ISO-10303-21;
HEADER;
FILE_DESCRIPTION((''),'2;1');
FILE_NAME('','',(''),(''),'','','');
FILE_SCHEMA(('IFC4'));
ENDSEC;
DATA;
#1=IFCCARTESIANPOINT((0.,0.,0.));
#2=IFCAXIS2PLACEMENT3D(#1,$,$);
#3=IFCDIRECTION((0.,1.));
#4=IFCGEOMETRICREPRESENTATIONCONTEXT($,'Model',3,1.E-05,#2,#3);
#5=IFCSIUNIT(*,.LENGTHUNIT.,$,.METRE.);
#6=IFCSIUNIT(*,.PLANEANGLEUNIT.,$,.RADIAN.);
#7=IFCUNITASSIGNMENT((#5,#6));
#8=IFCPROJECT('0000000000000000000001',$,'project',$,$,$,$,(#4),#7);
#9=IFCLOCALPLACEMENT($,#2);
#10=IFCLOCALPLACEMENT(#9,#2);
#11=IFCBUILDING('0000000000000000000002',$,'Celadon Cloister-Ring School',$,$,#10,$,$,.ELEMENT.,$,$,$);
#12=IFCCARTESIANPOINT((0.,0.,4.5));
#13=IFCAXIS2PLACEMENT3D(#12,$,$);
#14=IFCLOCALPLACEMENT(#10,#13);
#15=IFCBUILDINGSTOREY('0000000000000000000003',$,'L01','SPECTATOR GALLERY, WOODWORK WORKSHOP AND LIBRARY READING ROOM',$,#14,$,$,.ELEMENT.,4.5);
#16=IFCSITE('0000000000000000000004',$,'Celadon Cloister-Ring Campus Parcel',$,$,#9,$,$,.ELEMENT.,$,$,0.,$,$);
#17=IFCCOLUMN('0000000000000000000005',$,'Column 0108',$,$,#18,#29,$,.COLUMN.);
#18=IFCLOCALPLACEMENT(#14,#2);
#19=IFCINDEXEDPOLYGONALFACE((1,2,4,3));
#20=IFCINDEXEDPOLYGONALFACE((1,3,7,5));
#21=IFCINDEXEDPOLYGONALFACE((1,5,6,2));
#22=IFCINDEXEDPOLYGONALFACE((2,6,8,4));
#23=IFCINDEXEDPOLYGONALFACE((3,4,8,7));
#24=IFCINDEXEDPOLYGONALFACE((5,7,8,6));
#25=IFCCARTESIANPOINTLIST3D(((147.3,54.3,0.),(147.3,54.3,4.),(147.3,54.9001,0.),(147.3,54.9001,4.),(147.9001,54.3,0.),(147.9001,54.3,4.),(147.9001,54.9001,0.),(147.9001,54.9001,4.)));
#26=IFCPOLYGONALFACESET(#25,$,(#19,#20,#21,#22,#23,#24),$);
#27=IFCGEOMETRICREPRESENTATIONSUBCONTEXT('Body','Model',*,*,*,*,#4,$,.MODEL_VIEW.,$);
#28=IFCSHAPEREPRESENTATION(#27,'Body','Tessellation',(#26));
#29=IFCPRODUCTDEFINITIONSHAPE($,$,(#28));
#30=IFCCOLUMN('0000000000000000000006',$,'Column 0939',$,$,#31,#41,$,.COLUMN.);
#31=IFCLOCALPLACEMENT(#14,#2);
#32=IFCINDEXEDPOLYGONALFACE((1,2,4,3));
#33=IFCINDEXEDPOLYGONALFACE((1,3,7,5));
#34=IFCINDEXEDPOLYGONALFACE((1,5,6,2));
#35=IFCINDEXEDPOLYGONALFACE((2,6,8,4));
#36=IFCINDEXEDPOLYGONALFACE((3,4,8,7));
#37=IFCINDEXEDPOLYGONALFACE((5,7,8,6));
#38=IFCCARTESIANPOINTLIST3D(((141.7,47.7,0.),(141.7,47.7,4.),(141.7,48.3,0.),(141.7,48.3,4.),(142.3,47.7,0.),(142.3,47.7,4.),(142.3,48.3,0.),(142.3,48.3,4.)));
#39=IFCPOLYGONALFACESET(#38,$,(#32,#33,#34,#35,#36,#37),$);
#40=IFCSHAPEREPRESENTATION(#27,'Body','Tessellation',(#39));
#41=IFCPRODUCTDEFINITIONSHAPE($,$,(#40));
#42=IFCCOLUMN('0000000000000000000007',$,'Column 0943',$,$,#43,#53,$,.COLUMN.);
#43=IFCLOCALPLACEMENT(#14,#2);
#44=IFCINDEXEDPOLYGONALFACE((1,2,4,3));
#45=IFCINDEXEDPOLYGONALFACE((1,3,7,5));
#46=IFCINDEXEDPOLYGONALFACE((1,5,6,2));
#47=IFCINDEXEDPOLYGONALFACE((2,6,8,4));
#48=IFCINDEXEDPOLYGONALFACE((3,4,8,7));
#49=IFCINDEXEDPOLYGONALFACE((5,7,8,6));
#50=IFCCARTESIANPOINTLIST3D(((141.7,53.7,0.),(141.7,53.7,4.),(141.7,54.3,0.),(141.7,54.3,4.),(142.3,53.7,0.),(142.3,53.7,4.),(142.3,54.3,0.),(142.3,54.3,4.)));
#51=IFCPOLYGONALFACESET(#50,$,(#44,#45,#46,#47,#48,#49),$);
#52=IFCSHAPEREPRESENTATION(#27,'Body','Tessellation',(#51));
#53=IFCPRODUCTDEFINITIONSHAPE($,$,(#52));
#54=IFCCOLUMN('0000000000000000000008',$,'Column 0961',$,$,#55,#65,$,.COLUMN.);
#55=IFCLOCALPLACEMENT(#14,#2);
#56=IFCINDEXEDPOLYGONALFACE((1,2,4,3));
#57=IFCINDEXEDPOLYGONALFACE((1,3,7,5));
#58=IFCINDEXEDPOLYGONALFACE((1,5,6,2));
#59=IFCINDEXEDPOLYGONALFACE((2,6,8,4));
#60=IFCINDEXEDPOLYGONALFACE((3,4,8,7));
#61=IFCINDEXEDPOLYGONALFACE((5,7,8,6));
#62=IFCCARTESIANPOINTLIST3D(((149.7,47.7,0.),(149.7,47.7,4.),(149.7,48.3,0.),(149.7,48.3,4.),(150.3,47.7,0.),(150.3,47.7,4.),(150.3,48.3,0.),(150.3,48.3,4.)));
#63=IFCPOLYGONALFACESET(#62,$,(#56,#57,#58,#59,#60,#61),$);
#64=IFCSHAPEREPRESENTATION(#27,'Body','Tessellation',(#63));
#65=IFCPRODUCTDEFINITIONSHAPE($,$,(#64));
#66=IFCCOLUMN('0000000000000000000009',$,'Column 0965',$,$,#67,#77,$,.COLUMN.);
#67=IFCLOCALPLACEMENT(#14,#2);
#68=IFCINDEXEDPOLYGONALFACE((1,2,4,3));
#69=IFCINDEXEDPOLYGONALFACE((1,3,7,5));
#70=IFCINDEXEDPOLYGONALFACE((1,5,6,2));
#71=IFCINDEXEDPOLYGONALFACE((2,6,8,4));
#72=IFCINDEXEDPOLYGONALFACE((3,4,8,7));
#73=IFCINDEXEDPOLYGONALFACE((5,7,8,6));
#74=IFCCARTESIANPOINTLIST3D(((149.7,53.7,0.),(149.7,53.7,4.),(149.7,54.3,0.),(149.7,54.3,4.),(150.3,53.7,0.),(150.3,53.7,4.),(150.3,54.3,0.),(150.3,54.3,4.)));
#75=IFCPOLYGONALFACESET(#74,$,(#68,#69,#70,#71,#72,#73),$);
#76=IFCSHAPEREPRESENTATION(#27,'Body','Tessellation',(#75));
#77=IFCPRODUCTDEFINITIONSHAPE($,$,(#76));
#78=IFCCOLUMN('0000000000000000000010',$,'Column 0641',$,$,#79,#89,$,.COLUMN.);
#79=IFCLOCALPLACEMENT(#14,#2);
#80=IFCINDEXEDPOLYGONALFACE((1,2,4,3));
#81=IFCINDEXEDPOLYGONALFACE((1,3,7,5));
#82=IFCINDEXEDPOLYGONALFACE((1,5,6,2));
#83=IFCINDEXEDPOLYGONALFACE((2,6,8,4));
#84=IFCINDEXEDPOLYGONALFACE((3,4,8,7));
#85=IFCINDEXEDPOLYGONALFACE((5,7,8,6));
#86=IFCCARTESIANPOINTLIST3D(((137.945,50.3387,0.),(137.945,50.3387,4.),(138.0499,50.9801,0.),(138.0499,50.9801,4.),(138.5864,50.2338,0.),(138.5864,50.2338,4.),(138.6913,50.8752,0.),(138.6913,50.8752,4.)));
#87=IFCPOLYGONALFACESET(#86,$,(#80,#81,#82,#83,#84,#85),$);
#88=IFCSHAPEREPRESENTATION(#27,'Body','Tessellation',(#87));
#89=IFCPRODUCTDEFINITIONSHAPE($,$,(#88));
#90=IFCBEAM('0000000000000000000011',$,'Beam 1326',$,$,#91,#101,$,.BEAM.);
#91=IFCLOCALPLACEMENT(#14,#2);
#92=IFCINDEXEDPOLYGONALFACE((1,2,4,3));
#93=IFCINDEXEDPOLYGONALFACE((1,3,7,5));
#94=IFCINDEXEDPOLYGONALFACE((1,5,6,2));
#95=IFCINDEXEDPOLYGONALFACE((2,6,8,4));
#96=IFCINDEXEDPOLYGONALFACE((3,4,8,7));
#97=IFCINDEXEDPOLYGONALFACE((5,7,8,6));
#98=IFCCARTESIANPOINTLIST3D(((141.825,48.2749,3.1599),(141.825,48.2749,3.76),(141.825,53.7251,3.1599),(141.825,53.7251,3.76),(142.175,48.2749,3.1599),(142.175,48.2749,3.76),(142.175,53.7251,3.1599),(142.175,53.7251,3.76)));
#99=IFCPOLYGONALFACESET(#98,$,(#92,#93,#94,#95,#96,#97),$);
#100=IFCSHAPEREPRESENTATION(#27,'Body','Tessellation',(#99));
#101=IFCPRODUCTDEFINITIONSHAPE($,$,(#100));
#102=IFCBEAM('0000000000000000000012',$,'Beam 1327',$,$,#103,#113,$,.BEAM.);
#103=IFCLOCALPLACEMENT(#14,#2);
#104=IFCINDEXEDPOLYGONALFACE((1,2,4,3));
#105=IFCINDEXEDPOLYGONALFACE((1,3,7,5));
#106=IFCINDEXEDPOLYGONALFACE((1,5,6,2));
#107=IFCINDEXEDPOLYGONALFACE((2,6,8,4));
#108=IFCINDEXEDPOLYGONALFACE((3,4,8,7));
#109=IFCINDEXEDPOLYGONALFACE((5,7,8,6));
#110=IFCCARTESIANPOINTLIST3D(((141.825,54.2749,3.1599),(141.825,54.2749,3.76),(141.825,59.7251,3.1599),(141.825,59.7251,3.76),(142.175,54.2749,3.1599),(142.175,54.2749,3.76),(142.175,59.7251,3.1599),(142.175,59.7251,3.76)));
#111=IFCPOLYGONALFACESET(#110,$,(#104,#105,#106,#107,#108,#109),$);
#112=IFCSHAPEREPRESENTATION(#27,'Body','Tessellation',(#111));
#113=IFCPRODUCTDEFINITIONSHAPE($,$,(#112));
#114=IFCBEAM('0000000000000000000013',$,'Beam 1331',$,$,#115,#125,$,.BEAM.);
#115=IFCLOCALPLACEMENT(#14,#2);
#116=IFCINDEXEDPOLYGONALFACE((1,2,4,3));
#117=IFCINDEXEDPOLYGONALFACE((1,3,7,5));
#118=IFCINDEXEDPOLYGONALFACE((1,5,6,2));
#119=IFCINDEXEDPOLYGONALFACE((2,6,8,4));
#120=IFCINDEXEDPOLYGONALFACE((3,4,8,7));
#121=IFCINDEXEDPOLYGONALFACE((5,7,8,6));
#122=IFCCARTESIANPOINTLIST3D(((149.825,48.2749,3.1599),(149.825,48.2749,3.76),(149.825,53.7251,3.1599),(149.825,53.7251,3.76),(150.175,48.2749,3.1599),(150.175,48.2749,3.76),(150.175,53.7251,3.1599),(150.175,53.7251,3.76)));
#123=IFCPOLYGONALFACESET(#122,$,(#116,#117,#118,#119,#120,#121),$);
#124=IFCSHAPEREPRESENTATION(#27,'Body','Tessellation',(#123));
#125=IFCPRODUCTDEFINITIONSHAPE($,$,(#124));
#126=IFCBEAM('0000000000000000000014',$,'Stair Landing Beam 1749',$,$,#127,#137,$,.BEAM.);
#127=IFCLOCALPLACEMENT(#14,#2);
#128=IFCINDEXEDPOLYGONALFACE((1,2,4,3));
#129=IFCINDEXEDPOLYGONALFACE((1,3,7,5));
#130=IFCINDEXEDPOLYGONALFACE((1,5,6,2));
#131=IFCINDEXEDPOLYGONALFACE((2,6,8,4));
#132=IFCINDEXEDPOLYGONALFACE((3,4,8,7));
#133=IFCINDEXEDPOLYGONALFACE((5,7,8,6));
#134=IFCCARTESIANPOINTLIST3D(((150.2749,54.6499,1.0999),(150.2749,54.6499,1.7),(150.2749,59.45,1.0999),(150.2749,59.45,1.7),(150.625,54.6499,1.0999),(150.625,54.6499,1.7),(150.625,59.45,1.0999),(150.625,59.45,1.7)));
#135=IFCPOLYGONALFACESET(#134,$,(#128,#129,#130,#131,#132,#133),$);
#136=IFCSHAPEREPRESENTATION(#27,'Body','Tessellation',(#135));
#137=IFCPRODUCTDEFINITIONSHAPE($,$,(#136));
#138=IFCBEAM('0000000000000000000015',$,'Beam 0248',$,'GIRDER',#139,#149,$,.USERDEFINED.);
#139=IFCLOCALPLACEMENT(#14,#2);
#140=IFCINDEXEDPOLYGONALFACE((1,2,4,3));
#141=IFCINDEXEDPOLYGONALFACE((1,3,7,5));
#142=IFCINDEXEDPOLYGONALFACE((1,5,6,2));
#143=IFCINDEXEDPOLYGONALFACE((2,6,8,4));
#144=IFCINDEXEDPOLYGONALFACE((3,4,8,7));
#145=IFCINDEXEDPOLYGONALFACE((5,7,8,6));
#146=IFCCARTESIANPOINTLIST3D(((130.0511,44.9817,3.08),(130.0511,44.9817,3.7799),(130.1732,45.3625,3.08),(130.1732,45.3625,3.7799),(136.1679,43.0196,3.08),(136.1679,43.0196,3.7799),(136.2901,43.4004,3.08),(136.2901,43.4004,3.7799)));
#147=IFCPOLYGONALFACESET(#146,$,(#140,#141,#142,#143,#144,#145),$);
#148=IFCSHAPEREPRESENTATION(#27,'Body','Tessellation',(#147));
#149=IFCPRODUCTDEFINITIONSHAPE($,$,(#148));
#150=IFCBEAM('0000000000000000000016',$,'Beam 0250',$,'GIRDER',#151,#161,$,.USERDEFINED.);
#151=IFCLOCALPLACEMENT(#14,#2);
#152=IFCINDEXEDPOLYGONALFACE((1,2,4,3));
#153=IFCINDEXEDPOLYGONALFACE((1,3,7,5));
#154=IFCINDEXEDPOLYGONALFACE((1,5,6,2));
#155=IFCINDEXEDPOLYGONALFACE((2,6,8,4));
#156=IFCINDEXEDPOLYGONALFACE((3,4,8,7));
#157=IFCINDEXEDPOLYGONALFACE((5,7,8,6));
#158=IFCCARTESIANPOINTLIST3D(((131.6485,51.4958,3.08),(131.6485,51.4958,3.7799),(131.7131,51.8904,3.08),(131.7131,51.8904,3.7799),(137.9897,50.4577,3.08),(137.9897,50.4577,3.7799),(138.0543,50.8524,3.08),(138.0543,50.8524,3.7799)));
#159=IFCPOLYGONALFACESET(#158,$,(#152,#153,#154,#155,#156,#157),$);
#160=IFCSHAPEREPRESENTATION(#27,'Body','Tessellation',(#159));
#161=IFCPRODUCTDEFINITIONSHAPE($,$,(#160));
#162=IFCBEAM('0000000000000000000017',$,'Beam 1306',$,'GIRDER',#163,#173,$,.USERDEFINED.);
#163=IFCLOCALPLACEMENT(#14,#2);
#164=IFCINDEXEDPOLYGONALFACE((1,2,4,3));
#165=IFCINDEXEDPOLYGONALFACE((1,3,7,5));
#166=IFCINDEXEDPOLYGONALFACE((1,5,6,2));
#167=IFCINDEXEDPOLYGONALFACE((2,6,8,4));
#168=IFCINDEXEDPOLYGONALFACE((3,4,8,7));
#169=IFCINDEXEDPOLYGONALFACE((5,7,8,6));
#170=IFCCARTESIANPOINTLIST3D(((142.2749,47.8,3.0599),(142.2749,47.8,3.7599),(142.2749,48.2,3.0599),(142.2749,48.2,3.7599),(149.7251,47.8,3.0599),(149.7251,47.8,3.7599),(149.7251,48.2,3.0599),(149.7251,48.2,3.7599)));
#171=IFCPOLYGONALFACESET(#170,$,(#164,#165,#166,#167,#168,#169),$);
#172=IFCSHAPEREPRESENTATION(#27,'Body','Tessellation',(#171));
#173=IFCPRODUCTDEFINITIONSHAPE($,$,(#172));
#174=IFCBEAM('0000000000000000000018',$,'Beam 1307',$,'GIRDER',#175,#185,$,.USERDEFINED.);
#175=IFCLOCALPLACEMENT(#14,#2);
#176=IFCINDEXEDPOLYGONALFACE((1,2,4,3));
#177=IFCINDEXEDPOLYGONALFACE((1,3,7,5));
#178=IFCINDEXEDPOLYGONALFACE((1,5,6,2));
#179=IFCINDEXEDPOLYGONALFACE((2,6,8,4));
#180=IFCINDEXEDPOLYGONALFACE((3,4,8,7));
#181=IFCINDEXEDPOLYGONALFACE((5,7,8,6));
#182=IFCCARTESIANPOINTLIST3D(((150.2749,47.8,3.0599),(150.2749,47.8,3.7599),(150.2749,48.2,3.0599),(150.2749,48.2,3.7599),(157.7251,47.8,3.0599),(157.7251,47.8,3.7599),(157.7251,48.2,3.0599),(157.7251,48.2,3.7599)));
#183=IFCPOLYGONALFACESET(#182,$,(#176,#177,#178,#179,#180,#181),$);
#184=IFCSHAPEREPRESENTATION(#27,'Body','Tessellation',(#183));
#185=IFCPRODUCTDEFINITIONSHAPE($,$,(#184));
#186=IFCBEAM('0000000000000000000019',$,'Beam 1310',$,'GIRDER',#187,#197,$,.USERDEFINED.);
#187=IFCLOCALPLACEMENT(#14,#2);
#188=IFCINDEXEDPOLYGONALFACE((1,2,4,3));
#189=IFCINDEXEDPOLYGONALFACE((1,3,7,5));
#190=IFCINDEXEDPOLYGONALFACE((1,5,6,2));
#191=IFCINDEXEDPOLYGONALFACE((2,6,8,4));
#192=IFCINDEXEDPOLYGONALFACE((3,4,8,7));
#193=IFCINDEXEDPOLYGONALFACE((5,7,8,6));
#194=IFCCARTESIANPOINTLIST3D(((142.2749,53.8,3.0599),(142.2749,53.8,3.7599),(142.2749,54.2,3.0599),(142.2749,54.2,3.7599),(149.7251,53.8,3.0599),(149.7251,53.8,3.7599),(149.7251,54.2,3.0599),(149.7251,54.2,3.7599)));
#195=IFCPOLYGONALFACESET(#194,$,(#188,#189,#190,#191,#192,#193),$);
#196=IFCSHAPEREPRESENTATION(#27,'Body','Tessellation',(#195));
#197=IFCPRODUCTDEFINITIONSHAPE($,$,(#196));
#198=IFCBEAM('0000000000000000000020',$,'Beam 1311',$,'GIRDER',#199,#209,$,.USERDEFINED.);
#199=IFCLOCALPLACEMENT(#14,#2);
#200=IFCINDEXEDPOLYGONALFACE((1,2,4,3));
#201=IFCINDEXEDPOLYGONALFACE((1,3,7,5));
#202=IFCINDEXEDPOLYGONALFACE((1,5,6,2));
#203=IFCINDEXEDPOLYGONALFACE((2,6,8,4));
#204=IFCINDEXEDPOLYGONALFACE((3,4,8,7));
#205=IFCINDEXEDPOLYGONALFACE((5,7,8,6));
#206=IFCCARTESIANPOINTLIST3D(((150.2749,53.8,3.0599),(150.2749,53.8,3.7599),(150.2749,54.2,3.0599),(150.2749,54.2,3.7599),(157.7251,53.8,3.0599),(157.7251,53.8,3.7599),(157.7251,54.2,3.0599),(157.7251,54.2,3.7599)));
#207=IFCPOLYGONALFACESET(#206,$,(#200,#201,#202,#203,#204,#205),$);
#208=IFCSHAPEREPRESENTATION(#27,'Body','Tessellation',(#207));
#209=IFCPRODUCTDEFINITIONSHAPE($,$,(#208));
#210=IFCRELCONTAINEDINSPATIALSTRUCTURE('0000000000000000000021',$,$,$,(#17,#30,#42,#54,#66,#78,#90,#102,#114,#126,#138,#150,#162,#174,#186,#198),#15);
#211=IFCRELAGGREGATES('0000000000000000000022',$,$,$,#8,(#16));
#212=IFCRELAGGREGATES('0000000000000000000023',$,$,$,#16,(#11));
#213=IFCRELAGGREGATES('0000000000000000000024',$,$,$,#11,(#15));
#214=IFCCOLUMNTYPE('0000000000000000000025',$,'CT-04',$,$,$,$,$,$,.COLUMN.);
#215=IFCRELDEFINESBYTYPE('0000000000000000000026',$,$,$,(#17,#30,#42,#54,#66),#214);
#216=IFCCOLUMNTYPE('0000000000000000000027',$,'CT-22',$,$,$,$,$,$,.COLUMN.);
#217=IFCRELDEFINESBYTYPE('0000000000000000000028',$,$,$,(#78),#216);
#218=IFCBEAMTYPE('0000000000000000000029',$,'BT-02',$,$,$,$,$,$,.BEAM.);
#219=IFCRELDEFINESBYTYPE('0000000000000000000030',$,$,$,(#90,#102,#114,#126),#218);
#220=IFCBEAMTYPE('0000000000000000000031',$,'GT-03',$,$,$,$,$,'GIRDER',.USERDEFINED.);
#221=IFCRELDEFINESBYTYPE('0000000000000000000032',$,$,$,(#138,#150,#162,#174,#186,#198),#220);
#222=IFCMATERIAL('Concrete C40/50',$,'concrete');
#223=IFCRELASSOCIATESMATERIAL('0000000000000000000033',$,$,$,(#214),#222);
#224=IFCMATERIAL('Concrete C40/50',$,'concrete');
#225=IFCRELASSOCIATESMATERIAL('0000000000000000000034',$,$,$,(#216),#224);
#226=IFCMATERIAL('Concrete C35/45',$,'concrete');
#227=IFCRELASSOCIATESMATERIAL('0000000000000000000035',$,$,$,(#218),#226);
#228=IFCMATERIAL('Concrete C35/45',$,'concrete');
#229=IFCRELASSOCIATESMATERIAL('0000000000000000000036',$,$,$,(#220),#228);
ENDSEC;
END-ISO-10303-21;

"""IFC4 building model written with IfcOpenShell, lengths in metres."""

from ifc_helpers import new_model, si_unit, direction, frame, origin, origin_2d, place, context, subcontext, project, spatial, rectangle, extrude, material, material_profile, profile_set, type_object, element, save


model = new_model("IFC4")

# Units and contexts
model_context = context("Model", 3, precision=1e-05, world=origin(), true_north=direction((0.0, 1.0)))
body_context = subcontext(model_context, "Body", "Model", "MODEL_VIEW")
ifc_project = project(units=[si_unit("LENGTHUNIT", "METRE"), si_unit("PLANEANGLEUNIT", "RADIAN")], contexts=[model_context])

# Site, building, storey
site_placement = place(None, origin())
site = spatial("IfcSite", under=ifc_project, at=site_placement, Name="Celadon Cloister-Ring Campus Parcel", CompositionType="ELEMENT", RefElevation=0.0)
building_placement = place(site_placement, origin())
building = spatial("IfcBuilding", under=site, at=building_placement, Name="Celadon Cloister-Ring School", CompositionType="ELEMENT")
storey_placement = place(building_placement, frame((0.0, 0.0, 4.5)))
storey = spatial("IfcBuildingStorey", under=building, at=storey_placement, Name="L01", Description="SPECTATOR GALLERY, WOODWORK WORKSHOP AND LIBRARY READING ROOM", CompositionType="ELEMENT", Elevation=4.5)

# Columns
ifc_material_1 = material(Name="Concrete C40/50", Category="concrete")
ifc_material_profile_1 = material_profile(ifc_material_1, rectangle(XDim=0.6001, YDim=0.6001, at=origin_2d()), Name="RC600X600")
ifc_profile_set_1 = profile_set([ifc_material_profile_1], Name="Concrete C40/50")
column_type_1 = type_object("IfcColumnType", Name="CT-04", PredefinedType="COLUMN", material=ifc_profile_set_1)
for number, where, z_axis, x_axis, name in (
    (1, (147.6001, 54.6001, 0.0), (0.0, 0.0, 1.0), (1.0, 0.0, 0.0), "Column 0108"),
    (2, (142.0, 48.0, 0.0), (0.0, 0.0, 1.0), (1.0, 0.0, 0.0), "Column 0939"),
    (3, (142.0, 54.0, 0.0), (0.0, 0.0, 1.0), (1.0, 0.0, 0.0), "Column 0943"),
    (4, (150.0, 48.0, 0.0), (0.0, 0.0, 1.0), (1.0, 0.0, 0.0), "Column 0961"),
    (5, (150.0, 54.0, 0.0), (0.0, 0.0, 1.0), (1.0, 0.0, 0.0), "Column 0965"),
):
    element("IfcColumn", number, at=place(storey_placement, frame(where, z_axis=z_axis, x_axis=x_axis)), inside=storey, type_object=column_type_1, Name=name, PredefinedType="COLUMN", context=body_context, shape_type="SweptSolid", body=[
        extrude(rectangle(XDim=0.6001, YDim=0.6001, at=origin_2d()), origin(), (0.0, 0.0, 1.0), 4.0),
    ])
ifc_material_2 = material(Name="Concrete C40/50", Category="concrete")
ifc_material_profile_2 = material_profile(ifc_material_2, rectangle(XDim=0.6499, YDim=0.6499, at=origin_2d()), Name="RC650X650")
ifc_profile_set_2 = profile_set([ifc_material_profile_2], Name="Concrete C40/50")
column_type_2 = type_object("IfcColumnType", Name="CT-22", PredefinedType="COLUMN", material=ifc_profile_set_2)
column_placement = place(storey_placement, frame((138.3181, 50.6069, 0.0), z_axis=(0.0, 0.0, 1.0), x_axis=(0.98689, -0.161397, 0.0)))
element("IfcColumn", 6, at=column_placement, inside=storey, type_object=column_type_2, Name="Column 0641", PredefinedType="COLUMN", context=body_context, shape_type="SweptSolid", body=[
    extrude(rectangle(XDim=0.6499, YDim=0.6499, at=origin_2d()), origin(), (0.0, 0.0, 1.0), 4.0),
])

# Beams
ifc_material_3 = material(Name="Concrete C35/45", Category="concrete")
ifc_material_profile_3 = material_profile(ifc_material_3, rectangle(XDim=0.3501, YDim=0.6001, at=origin_2d()), Name="RC350X600")
ifc_profile_set_3 = profile_set([ifc_material_profile_3], Name="Concrete C35/45")
beam_type_1 = type_object("IfcBeamType", Name="BT-02", PredefinedType="BEAM", material=ifc_profile_set_3)
for number, where, z_axis, x_axis, name in (
    (7, (142.0, 48.2749, 3.46), (0.0, 1.0, 0.0), (-1.0, 0.0, 0.0), "Beam 1326"),
    (8, (142.0, 54.2749, 3.46), (0.0, 1.0, 0.0), (-1.0, 0.0, 0.0), "Beam 1327"),
    (9, (150.0, 48.2749, 3.46), (0.0, 1.0, 0.0), (-1.0, 0.0, 0.0), "Beam 1331"),
):
    element("IfcBeam", number, at=place(storey_placement, frame(where, z_axis=z_axis, x_axis=x_axis)), inside=storey, type_object=beam_type_1, Name=name, PredefinedType="BEAM", context=body_context, shape_type="SweptSolid", body=[
        extrude(rectangle(XDim=0.3501, YDim=0.6001, at=origin_2d()), origin(), (0.0, 0.0, 1.0), 5.4502),
    ])
beam_1_placement = place(storey_placement, frame((150.45, 54.6499, 1.3999), z_axis=(0.0, 1.0, 0.0), x_axis=(-1.0, 0.0, 0.0)))
element("IfcBeam", 10, at=beam_1_placement, inside=storey, type_object=beam_type_1, Name="Stair Landing Beam 1749", PredefinedType="BEAM", context=body_context, shape_type="SweptSolid", body=[
    extrude(rectangle(XDim=0.3501, YDim=0.6001, at=origin_2d()), origin(), (0.0, 0.0, 1.0), 4.8),
])
ifc_material_4 = material(Name="Concrete C35/45", Category="concrete")
ifc_material_profile_4 = material_profile(ifc_material_4, rectangle(XDim=0.3999, YDim=0.7, at=origin_2d()), Name="RC400X700")
ifc_profile_set_4 = profile_set([ifc_material_profile_4], Name="Concrete C35/45")
beam_type_2 = type_object("IfcBeamType", Name="GT-03", ElementType="GIRDER", PredefinedType="USERDEFINED", material=ifc_profile_set_4)
beam_2_placement = place(storey_placement, frame((136.229, 43.21, 3.4299), z_axis=(-0.95221, 0.305444, 0.0), x_axis=(-0.305444, -0.95221, 0.0)))
element("IfcBeam", 11, at=beam_2_placement, inside=storey, type_object=beam_type_2, Name="Beam 0248", ObjectType="GIRDER", PredefinedType="USERDEFINED", context=body_context, shape_type="SweptSolid", body=[
    extrude(rectangle(XDim=0.3999, YDim=0.7, at=origin_2d()), origin(), (0.0, 0.0, 1.0), 6.4238),
])
beam_3_placement = place(storey_placement, frame((138.022, 50.655, 3.4299), z_axis=(-0.986863, 0.161558, 0.0), x_axis=(-0.161558, -0.986863, 0.0)))
element("IfcBeam", 12, at=beam_3_placement, inside=storey, type_object=beam_type_2, Name="Beam 0250", ObjectType="GIRDER", PredefinedType="USERDEFINED", context=body_context, shape_type="SweptSolid", body=[
    extrude(rectangle(XDim=0.3999, YDim=0.7, at=origin_2d()), origin(), (0.0, 0.0, 1.0), 6.4255),
])
for number, where, z_axis, x_axis, name in (
    (13, (142.2749, 48.0, 3.4099), (1.0, 0.0, 0.0), (0.0, 1.0, 0.0), "Beam 1306"),
    (14, (150.2749, 48.0, 3.4099), (1.0, 0.0, 0.0), (0.0, 1.0, 0.0), "Beam 1307"),
    (15, (142.2749, 54.0, 3.4099), (1.0, 0.0, 0.0), (0.0, 1.0, 0.0), "Beam 1310"),
    (16, (150.2749, 54.0, 3.4099), (1.0, 0.0, 0.0), (0.0, 1.0, 0.0), "Beam 1311"),
):
    element("IfcBeam", number, at=place(storey_placement, frame(where, z_axis=z_axis, x_axis=x_axis)), inside=storey, type_object=beam_type_2, Name=name, ObjectType="GIRDER", PredefinedType="USERDEFINED", context=body_context, shape_type="SweptSolid", body=[
        extrude(rectangle(XDim=0.3999, YDim=0.7, at=origin_2d()), origin(), (0.0, 0.0, 1.0), 7.4502),
    ])

save(model, "model.ifc")
